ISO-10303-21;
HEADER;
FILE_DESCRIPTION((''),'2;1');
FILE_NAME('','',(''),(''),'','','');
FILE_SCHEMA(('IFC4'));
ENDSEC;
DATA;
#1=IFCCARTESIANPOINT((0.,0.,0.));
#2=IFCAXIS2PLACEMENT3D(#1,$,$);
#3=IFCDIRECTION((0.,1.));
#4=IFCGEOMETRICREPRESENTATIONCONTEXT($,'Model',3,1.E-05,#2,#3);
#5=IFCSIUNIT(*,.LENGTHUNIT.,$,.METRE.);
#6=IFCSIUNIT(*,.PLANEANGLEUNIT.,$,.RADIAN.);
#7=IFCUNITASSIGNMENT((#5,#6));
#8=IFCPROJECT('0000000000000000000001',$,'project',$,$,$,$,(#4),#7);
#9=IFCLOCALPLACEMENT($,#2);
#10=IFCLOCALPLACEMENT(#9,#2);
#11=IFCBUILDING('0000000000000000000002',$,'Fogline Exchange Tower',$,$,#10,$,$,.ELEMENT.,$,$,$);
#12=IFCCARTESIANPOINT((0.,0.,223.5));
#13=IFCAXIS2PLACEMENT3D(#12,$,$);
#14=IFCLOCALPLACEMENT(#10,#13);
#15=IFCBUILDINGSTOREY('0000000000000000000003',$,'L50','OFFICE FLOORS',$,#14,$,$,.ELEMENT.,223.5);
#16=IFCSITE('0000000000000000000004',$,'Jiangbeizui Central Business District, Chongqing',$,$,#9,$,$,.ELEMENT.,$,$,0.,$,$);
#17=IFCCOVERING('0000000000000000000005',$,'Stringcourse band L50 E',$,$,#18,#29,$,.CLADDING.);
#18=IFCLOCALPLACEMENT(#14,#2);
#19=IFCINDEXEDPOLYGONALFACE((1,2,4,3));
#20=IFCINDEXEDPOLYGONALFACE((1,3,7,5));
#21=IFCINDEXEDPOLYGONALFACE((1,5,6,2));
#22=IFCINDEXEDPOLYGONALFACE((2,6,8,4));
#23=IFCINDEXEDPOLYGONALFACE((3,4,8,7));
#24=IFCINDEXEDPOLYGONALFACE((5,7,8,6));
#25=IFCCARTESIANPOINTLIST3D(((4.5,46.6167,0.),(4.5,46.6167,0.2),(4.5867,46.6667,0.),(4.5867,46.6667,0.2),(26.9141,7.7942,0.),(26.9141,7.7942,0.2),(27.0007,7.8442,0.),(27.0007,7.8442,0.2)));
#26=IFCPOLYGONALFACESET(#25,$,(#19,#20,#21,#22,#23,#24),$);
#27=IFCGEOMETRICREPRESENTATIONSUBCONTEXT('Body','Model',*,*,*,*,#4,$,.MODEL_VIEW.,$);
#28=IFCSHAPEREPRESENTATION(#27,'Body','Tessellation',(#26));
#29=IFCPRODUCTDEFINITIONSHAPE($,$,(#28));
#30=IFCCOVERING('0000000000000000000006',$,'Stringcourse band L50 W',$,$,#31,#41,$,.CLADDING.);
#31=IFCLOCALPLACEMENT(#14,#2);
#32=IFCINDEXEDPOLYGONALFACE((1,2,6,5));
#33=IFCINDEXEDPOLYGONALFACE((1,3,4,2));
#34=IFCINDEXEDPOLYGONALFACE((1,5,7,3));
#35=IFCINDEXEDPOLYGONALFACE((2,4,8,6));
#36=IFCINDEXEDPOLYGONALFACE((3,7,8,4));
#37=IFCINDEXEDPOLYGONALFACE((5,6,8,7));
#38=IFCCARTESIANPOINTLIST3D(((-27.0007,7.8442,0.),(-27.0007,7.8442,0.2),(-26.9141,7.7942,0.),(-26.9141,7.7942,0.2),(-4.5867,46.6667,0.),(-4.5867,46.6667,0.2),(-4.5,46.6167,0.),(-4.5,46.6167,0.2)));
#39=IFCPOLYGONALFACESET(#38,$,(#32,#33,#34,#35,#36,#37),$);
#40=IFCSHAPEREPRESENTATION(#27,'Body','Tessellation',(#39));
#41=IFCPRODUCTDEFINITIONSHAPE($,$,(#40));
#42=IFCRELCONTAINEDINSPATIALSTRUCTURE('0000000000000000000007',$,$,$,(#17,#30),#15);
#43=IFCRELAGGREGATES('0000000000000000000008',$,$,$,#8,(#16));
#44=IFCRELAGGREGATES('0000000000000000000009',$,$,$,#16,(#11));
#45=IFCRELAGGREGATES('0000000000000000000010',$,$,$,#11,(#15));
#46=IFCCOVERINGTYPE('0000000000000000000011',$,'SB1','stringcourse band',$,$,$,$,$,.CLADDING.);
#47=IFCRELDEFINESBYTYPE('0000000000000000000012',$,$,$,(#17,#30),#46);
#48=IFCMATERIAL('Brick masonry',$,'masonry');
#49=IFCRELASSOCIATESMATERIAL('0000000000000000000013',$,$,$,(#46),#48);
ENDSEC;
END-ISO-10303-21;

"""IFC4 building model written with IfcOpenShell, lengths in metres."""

from ifc_helpers import new_model, si_unit, direction, frame, origin, place, context, subcontext, project, spatial, polyline, outline, extrude, material, type_object, element, save


model = new_model("IFC4")

# Units and contexts
model_context = context("Model", 3, precision=1e-05, world=origin(), true_north=direction((0.0, 1.0)))
body_context = subcontext(model_context, "Body", "Model", "MODEL_VIEW")
ifc_project = project(units=[si_unit("LENGTHUNIT", "METRE"), si_unit("PLANEANGLEUNIT", "RADIAN")], contexts=[model_context])

# Site, building, storey
site_placement = place(None, origin())
site = spatial("IfcSite", under=ifc_project, at=site_placement, Name="Jiangbeizui Central Business District, Chongqing", CompositionType="ELEMENT", RefElevation=0.0)
building_placement = place(site_placement, origin())
building = spatial("IfcBuilding", under=site, at=building_placement, Name="Fogline Exchange Tower", CompositionType="ELEMENT")
storey_placement = place(building_placement, frame((0.0, 0.0, 223.5)))
storey = spatial("IfcBuildingStorey", under=building, at=storey_placement, Name="L50", Description="OFFICE FLOORS", CompositionType="ELEMENT", Elevation=223.5)

# Shared definitions
ifc_material_1 = material(Name="Brick masonry", Category="masonry")

# Coverings
covering_type = type_object("IfcCoveringType", Name="SB1", Description="stringcourse band", PredefinedType="CLADDING", material=ifc_material_1)
covering_1_placement = place(storey_placement, origin())
element("IfcCovering", 1, at=covering_1_placement, inside=storey, type_object=covering_type, Name="Stringcourse band L50 E", PredefinedType="CLADDING", context=body_context, shape_type="SweptSolid", body=[
    extrude(outline(polyline([(26.9141, 7.7942), (27.0007, 7.8442), (4.5867, 46.6667), (4.5, 46.6167), (26.9141, 7.7942)])), origin(), (0.0, 0.0, 1.0), 0.2),
])
covering_2_placement = place(storey_placement, origin())
element("IfcCovering", 2, at=covering_2_placement, inside=storey, type_object=covering_type, Name="Stringcourse band L50 W", PredefinedType="CLADDING", context=body_context, shape_type="SweptSolid", body=[
    extrude(outline(polyline([(-4.5, 46.6167), (-4.5867, 46.6667), (-27.0007, 7.8442), (-26.9141, 7.7942), (-4.5, 46.6167)])), origin(), (0.0, 0.0, 1.0), 0.2),
])

save(model, "model.ifc")
